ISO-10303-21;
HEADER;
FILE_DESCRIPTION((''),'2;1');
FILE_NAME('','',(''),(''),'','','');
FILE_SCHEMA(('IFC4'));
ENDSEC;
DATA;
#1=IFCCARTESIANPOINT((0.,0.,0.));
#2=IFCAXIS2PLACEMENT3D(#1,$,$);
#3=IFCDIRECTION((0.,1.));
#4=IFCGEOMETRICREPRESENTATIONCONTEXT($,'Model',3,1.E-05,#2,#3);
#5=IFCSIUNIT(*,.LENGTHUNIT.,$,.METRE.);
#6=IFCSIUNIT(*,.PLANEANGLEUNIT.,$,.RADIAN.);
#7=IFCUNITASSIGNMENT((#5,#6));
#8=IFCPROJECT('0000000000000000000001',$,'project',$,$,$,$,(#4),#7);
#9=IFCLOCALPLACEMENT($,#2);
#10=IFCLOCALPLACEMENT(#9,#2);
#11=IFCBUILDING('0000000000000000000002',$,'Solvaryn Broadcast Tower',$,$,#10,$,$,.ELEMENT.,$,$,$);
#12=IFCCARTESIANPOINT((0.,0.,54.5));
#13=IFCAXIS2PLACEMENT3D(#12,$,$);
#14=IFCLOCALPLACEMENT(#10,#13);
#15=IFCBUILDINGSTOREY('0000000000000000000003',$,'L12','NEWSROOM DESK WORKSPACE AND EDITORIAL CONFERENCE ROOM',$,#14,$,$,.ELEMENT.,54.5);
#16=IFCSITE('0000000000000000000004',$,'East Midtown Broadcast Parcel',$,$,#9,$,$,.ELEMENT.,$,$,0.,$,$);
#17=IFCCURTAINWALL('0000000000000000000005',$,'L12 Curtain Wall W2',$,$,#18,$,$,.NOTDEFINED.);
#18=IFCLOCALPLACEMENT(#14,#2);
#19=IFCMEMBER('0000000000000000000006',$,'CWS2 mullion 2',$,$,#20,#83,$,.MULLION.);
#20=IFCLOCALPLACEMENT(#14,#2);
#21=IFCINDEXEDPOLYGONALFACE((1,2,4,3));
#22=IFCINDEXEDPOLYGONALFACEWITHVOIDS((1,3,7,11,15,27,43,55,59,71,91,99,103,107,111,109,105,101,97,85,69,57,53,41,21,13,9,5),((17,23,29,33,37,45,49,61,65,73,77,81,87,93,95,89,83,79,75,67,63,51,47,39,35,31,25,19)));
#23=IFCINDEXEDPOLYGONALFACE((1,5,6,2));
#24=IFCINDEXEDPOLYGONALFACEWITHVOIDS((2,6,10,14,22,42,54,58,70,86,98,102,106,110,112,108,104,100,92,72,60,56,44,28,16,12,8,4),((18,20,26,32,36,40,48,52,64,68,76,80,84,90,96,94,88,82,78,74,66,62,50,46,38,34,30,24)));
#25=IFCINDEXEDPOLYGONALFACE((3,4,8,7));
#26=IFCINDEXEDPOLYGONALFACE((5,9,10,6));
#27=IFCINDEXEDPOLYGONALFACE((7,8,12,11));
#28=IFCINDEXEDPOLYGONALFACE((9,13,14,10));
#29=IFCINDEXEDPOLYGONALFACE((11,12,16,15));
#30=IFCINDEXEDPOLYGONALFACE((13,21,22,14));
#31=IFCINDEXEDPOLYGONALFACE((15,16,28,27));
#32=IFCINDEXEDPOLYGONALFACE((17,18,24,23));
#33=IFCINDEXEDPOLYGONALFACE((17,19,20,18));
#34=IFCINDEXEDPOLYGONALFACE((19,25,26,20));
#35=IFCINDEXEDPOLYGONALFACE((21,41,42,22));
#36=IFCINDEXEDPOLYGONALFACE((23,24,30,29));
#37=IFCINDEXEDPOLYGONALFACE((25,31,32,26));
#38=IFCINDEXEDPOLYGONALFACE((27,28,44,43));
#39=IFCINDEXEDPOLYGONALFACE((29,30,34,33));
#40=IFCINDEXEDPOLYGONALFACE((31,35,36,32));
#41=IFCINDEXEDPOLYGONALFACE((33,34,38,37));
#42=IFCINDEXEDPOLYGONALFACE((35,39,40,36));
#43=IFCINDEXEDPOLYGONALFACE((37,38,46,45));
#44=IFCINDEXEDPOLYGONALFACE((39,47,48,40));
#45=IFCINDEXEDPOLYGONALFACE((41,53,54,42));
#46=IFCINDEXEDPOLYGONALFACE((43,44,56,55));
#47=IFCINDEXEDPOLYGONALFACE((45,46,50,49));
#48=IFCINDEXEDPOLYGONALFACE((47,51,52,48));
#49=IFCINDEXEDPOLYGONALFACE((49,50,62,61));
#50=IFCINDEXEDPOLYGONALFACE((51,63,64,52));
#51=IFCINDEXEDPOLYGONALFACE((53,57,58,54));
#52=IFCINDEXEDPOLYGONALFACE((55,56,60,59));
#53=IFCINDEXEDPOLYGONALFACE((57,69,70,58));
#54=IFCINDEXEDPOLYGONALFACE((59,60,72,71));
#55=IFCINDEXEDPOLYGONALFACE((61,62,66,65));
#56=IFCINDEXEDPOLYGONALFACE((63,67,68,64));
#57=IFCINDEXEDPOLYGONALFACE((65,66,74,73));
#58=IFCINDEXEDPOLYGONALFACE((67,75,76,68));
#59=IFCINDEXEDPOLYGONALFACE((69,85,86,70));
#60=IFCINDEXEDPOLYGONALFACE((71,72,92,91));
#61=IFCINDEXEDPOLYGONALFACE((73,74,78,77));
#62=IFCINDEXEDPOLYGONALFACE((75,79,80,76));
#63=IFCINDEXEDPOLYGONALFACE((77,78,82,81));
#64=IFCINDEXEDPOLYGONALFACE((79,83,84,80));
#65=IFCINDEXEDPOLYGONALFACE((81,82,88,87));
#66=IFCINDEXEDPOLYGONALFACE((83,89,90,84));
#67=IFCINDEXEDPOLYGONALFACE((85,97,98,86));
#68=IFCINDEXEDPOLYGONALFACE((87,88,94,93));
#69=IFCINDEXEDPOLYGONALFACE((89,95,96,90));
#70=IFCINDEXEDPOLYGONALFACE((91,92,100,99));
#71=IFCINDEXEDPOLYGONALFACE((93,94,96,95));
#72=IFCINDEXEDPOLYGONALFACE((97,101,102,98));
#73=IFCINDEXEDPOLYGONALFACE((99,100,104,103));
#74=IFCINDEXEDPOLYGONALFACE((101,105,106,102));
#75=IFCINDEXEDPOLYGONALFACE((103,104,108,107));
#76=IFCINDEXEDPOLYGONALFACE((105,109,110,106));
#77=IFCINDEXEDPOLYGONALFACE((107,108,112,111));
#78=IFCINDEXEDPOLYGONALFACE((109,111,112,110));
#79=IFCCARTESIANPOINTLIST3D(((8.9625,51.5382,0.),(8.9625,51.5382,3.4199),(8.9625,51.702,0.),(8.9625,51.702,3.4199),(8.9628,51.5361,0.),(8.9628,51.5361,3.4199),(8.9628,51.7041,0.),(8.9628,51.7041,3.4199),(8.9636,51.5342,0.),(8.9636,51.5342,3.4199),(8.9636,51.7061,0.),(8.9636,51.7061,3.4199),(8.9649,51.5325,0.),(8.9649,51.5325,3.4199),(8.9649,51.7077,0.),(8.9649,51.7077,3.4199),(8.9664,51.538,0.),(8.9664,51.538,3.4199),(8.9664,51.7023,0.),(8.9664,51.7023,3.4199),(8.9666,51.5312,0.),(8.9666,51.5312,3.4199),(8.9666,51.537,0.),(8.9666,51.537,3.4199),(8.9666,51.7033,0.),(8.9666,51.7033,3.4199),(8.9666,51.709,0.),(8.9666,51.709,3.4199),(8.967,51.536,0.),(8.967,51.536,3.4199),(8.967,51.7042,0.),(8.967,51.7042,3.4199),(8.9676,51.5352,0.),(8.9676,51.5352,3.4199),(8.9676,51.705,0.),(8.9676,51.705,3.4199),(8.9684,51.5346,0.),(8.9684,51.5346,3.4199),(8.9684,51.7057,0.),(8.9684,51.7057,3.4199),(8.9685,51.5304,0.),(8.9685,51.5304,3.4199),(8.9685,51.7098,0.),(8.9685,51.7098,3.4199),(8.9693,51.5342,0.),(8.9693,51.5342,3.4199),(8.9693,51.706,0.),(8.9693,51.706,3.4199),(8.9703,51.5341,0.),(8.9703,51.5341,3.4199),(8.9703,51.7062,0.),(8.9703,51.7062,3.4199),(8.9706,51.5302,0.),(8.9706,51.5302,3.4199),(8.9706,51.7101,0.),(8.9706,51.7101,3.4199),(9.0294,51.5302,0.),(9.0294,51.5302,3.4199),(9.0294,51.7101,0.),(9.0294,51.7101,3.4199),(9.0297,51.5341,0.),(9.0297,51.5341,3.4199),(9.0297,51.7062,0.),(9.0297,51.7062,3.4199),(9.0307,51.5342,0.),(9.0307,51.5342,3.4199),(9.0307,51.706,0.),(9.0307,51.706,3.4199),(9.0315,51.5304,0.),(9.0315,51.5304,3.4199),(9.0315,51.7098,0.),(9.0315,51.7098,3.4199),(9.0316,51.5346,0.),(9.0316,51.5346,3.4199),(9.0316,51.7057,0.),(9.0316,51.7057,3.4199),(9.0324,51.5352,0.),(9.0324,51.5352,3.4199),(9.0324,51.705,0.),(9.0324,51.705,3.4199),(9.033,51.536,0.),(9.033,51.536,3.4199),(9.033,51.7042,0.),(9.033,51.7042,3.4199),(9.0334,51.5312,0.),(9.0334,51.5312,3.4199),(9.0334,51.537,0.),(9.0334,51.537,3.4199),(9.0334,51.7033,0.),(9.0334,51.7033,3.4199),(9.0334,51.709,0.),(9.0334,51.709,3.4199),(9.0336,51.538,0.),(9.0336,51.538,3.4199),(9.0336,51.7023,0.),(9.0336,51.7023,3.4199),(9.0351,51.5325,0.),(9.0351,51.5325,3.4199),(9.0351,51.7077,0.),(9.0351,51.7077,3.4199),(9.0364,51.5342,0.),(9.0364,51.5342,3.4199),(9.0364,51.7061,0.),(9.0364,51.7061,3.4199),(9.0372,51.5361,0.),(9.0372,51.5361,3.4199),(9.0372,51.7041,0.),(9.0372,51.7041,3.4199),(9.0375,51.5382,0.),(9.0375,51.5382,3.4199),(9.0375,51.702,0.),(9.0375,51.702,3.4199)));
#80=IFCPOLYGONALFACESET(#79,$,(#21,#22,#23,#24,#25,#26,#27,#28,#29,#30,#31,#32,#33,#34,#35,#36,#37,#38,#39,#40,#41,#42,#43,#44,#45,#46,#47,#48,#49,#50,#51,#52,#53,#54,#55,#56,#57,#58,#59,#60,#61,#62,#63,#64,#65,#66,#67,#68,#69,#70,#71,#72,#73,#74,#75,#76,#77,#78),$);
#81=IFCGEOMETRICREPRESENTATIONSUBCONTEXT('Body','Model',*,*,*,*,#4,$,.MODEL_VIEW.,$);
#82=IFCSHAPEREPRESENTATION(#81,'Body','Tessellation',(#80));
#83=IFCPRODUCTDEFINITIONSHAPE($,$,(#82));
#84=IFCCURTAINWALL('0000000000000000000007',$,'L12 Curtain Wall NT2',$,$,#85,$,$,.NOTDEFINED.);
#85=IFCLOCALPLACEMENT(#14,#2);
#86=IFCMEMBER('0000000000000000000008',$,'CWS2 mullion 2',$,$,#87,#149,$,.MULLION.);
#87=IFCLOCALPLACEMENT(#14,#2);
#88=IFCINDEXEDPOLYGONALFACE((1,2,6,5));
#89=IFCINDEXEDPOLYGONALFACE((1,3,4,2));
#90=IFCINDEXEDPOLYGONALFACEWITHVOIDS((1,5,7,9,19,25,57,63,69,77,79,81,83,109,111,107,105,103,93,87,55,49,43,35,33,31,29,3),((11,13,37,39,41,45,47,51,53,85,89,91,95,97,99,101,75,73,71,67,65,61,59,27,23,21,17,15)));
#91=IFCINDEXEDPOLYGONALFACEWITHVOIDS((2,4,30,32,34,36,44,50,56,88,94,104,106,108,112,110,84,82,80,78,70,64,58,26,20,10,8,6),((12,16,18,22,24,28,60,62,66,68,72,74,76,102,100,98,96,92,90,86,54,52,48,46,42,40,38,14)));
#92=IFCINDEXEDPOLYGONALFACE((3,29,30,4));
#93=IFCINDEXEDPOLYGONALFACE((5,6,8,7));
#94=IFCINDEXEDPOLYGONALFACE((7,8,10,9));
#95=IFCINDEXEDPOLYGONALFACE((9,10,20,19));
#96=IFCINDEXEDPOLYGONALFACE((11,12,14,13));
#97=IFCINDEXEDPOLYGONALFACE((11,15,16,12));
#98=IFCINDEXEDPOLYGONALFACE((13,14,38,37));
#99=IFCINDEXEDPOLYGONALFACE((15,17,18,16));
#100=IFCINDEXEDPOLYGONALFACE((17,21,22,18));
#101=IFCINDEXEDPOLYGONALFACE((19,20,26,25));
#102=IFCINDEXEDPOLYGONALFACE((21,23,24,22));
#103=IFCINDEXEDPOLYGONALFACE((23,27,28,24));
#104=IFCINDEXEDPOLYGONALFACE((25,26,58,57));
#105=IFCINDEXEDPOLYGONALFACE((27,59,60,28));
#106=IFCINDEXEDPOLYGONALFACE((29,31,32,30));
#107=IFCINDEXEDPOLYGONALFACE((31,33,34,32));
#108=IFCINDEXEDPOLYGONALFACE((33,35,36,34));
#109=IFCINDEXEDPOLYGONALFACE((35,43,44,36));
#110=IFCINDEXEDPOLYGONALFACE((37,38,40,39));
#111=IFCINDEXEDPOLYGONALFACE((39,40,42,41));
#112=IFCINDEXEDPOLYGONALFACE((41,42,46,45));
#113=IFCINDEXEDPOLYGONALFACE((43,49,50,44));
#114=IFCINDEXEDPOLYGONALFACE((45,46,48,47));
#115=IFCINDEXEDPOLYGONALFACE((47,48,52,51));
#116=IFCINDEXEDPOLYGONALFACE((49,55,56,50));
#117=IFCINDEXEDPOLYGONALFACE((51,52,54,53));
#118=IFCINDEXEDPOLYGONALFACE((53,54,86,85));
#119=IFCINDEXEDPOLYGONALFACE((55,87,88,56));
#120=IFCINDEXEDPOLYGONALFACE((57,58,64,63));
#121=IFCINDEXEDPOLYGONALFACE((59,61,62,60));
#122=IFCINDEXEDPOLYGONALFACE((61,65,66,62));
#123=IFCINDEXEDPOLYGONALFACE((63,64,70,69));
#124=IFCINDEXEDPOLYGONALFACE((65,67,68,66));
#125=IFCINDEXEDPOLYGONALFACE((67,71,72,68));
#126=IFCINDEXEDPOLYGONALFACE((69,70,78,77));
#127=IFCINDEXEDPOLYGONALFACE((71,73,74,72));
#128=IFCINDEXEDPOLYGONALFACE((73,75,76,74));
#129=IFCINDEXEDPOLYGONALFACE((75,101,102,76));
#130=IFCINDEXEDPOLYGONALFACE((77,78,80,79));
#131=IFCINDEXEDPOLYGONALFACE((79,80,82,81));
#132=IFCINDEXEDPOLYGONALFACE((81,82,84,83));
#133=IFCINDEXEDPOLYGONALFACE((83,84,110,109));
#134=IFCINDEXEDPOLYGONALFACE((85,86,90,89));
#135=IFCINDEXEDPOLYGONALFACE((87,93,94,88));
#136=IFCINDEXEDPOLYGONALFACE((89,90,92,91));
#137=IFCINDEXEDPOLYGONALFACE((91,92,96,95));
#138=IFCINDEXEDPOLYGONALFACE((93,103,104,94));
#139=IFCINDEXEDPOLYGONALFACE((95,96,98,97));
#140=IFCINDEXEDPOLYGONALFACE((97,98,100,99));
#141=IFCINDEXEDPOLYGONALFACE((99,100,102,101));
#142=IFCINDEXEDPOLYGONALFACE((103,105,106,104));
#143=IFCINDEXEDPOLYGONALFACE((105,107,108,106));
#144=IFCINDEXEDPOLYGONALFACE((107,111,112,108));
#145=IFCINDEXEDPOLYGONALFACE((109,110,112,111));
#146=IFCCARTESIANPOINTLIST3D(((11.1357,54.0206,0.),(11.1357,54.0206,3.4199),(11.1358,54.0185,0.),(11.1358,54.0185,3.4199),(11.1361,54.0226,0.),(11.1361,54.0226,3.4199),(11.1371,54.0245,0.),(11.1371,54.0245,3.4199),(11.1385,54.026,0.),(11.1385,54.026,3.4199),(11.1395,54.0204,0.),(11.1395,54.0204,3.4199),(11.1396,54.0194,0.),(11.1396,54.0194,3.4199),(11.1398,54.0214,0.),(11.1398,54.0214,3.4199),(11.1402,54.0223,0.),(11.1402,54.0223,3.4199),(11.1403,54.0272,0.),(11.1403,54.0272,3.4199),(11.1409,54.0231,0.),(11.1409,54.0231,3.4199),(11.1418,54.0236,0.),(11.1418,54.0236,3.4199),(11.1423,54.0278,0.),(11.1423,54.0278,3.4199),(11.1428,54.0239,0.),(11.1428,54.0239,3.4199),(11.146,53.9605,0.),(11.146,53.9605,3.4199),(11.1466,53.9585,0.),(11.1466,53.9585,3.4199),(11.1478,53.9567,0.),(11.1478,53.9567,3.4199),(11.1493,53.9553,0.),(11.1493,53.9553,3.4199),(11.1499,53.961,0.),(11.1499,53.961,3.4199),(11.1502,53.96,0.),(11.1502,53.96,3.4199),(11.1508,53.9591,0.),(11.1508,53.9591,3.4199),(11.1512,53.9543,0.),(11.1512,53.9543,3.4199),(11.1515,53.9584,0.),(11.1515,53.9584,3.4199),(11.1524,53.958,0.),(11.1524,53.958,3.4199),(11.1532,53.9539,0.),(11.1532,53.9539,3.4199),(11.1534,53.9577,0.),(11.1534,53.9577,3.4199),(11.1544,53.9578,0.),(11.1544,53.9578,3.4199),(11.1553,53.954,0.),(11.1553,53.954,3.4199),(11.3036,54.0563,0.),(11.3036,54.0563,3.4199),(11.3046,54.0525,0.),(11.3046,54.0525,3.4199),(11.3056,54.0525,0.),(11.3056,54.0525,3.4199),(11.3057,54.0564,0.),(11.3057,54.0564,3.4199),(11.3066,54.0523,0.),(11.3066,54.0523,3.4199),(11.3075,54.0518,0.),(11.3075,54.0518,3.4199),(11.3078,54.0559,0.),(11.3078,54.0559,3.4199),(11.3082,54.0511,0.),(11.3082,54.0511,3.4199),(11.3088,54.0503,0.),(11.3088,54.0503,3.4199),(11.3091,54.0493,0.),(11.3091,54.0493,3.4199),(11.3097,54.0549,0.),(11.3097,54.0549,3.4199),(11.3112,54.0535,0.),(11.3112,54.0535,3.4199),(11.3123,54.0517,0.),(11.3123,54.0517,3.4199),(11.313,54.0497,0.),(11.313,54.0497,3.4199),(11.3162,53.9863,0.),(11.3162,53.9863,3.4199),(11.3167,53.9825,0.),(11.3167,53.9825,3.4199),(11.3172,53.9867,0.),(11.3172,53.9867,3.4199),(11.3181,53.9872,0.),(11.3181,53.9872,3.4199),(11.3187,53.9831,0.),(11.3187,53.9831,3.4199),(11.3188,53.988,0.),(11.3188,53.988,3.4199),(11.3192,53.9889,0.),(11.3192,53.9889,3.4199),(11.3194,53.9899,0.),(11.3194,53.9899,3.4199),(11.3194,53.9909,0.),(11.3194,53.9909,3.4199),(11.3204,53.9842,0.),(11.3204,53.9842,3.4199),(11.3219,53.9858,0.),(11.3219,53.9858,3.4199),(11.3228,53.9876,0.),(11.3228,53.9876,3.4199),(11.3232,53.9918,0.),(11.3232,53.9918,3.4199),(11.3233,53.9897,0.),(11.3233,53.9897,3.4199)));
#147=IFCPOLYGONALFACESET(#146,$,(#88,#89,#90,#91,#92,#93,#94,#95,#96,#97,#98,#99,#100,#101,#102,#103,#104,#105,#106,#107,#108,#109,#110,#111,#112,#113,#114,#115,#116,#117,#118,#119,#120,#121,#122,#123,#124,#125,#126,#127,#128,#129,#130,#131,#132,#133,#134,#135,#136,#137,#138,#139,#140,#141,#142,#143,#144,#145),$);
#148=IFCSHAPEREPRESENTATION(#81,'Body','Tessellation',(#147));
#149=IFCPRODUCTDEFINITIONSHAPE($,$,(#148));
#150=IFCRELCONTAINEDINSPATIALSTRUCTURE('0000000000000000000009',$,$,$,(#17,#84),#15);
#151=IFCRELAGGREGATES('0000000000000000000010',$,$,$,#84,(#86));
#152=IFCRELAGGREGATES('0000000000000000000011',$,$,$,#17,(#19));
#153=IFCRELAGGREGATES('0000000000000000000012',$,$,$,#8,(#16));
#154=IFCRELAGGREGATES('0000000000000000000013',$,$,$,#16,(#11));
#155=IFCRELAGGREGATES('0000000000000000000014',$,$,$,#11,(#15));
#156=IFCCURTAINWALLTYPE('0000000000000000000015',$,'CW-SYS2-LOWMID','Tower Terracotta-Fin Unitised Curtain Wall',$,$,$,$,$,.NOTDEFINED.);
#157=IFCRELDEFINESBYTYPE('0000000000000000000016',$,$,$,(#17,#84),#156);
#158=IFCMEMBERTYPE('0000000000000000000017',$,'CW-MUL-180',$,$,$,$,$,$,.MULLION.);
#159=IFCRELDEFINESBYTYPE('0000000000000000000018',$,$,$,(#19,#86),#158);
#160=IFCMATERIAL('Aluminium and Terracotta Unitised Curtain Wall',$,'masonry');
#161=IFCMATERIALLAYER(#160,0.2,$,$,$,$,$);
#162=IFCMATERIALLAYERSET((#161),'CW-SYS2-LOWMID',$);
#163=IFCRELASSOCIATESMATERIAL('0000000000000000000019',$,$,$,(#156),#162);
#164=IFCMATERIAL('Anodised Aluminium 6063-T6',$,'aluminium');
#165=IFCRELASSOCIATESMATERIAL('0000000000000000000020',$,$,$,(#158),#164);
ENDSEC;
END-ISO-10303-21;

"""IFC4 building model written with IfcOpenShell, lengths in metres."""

from ifc_helpers import new_model, si_unit, direction, frame, origin, origin_2d, place, context, subcontext, project, spatial, hollow_rectangle, extrude, material, layer, layer_set, material_profile, profile_set, type_object, element, aggregate, save


model = new_model("IFC4")

# Units and contexts
model_context = context("Model", 3, precision=1e-05, world=origin(), true_north=direction((0.0, 1.0)))
body_context = subcontext(model_context, "Body", "Model", "MODEL_VIEW")
ifc_project = project(units=[si_unit("LENGTHUNIT", "METRE"), si_unit("PLANEANGLEUNIT", "RADIAN")], contexts=[model_context])

# Site, building, storey
site_placement = place(None, origin())
site = spatial("IfcSite", under=ifc_project, at=site_placement, Name="East Midtown Broadcast Parcel", CompositionType="ELEMENT", RefElevation=0.0)
building_placement = place(site_placement, origin())
building = spatial("IfcBuilding", under=site, at=building_placement, Name="Solvaryn Broadcast Tower", CompositionType="ELEMENT")
storey_placement = place(building_placement, frame((0.0, 0.0, 54.5)))
storey = spatial("IfcBuildingStorey", under=building, at=storey_placement, Name="L12", Description="NEWSROOM DESK WORKSPACE AND EDITORIAL CONFERENCE ROOM", CompositionType="ELEMENT", Elevation=54.5)

# Shared definitions
ifc_material_1 = material(Name="Aluminium and Terracotta Unitised Curtain Wall", Category="masonry")
ifc_layer_1 = layer(ifc_material_1, 0.2)
ifc_layer_set_1 = layer_set([ifc_layer_1], Name="CW-SYS2-LOWMID")
curtain_wall_type = type_object("IfcCurtainWallType", Name="CW-SYS2-LOWMID", Description="Tower Terracotta-Fin Unitised Curtain Wall", PredefinedType="NOTDEFINED", material=ifc_layer_set_1)
ifc_material_2 = material(Name="Anodised Aluminium 6063-T6", Category="aluminium")
ifc_material_profile_1 = material_profile(ifc_material_2, hollow_rectangle(XDim=0.075, YDim=0.1799, WallThickness=0.0039, InnerFilletRadius=0.0039, OuterFilletRadius=0.0081, at=origin_2d()))
ifc_profile_set_1 = profile_set([ifc_material_profile_1], Name="Anodised Aluminium 6063-T6")
member_type_1 = type_object("IfcMemberType", Name="CW-MUL-180", PredefinedType="MULLION", material=ifc_profile_set_1)

# Curtain wall, member
curtain_wall_1_placement = place(storey_placement, origin())
curtain_wall_1 = element("IfcCurtainWall", 1, at=curtain_wall_1_placement, inside=storey, type_object=curtain_wall_type, Name="L12 Curtain Wall W2", PredefinedType="NOTDEFINED")
member_1_placement = place(storey_placement, frame((9.0, 51.6201, 0.0), z_axis=(0.0, 0.0, 1.0), x_axis=(-1.0, 0.0, 0.0)))
member_1 = element("IfcMember", 2, at=member_1_placement, type_object=member_type_1, Name="CWS2 mullion 2", PredefinedType="MULLION", context=body_context, shape_type="SweptSolid", body=[
    extrude(hollow_rectangle(XDim=0.075, YDim=0.1799, WallThickness=0.0039, InnerFilletRadius=0.0039, OuterFilletRadius=0.0081, at=origin_2d()), origin(), (0.0, 0.0, 1.0), 3.4199),
])

# Curtain wall, member
curtain_wall_2_placement = place(storey_placement, origin())
curtain_wall_2 = element("IfcCurtainWall", 3, at=curtain_wall_2_placement, inside=storey, type_object=curtain_wall_type, Name="L12 Curtain Wall NT2", PredefinedType="NOTDEFINED")
member_2_placement = place(storey_placement, frame((11.2295, 54.0051, 0.0), z_axis=(0.0, 0.0, 1.0), x_axis=(0.173785, -0.984784, 0.0)))
member_2 = element("IfcMember", 4, at=member_2_placement, type_object=member_type_1, Name="CWS2 mullion 2", PredefinedType="MULLION", context=body_context, shape_type="SweptSolid", body=[
    extrude(hollow_rectangle(XDim=0.075, YDim=0.1799, WallThickness=0.0039, InnerFilletRadius=0.0039, OuterFilletRadius=0.0081, at=origin_2d()), origin(), (0.0, 0.0, 1.0), 3.4199),
])
aggregate(curtain_wall_2, [member_2])

aggregate(curtain_wall_1, [member_1])

save(model, "model.ifc")
